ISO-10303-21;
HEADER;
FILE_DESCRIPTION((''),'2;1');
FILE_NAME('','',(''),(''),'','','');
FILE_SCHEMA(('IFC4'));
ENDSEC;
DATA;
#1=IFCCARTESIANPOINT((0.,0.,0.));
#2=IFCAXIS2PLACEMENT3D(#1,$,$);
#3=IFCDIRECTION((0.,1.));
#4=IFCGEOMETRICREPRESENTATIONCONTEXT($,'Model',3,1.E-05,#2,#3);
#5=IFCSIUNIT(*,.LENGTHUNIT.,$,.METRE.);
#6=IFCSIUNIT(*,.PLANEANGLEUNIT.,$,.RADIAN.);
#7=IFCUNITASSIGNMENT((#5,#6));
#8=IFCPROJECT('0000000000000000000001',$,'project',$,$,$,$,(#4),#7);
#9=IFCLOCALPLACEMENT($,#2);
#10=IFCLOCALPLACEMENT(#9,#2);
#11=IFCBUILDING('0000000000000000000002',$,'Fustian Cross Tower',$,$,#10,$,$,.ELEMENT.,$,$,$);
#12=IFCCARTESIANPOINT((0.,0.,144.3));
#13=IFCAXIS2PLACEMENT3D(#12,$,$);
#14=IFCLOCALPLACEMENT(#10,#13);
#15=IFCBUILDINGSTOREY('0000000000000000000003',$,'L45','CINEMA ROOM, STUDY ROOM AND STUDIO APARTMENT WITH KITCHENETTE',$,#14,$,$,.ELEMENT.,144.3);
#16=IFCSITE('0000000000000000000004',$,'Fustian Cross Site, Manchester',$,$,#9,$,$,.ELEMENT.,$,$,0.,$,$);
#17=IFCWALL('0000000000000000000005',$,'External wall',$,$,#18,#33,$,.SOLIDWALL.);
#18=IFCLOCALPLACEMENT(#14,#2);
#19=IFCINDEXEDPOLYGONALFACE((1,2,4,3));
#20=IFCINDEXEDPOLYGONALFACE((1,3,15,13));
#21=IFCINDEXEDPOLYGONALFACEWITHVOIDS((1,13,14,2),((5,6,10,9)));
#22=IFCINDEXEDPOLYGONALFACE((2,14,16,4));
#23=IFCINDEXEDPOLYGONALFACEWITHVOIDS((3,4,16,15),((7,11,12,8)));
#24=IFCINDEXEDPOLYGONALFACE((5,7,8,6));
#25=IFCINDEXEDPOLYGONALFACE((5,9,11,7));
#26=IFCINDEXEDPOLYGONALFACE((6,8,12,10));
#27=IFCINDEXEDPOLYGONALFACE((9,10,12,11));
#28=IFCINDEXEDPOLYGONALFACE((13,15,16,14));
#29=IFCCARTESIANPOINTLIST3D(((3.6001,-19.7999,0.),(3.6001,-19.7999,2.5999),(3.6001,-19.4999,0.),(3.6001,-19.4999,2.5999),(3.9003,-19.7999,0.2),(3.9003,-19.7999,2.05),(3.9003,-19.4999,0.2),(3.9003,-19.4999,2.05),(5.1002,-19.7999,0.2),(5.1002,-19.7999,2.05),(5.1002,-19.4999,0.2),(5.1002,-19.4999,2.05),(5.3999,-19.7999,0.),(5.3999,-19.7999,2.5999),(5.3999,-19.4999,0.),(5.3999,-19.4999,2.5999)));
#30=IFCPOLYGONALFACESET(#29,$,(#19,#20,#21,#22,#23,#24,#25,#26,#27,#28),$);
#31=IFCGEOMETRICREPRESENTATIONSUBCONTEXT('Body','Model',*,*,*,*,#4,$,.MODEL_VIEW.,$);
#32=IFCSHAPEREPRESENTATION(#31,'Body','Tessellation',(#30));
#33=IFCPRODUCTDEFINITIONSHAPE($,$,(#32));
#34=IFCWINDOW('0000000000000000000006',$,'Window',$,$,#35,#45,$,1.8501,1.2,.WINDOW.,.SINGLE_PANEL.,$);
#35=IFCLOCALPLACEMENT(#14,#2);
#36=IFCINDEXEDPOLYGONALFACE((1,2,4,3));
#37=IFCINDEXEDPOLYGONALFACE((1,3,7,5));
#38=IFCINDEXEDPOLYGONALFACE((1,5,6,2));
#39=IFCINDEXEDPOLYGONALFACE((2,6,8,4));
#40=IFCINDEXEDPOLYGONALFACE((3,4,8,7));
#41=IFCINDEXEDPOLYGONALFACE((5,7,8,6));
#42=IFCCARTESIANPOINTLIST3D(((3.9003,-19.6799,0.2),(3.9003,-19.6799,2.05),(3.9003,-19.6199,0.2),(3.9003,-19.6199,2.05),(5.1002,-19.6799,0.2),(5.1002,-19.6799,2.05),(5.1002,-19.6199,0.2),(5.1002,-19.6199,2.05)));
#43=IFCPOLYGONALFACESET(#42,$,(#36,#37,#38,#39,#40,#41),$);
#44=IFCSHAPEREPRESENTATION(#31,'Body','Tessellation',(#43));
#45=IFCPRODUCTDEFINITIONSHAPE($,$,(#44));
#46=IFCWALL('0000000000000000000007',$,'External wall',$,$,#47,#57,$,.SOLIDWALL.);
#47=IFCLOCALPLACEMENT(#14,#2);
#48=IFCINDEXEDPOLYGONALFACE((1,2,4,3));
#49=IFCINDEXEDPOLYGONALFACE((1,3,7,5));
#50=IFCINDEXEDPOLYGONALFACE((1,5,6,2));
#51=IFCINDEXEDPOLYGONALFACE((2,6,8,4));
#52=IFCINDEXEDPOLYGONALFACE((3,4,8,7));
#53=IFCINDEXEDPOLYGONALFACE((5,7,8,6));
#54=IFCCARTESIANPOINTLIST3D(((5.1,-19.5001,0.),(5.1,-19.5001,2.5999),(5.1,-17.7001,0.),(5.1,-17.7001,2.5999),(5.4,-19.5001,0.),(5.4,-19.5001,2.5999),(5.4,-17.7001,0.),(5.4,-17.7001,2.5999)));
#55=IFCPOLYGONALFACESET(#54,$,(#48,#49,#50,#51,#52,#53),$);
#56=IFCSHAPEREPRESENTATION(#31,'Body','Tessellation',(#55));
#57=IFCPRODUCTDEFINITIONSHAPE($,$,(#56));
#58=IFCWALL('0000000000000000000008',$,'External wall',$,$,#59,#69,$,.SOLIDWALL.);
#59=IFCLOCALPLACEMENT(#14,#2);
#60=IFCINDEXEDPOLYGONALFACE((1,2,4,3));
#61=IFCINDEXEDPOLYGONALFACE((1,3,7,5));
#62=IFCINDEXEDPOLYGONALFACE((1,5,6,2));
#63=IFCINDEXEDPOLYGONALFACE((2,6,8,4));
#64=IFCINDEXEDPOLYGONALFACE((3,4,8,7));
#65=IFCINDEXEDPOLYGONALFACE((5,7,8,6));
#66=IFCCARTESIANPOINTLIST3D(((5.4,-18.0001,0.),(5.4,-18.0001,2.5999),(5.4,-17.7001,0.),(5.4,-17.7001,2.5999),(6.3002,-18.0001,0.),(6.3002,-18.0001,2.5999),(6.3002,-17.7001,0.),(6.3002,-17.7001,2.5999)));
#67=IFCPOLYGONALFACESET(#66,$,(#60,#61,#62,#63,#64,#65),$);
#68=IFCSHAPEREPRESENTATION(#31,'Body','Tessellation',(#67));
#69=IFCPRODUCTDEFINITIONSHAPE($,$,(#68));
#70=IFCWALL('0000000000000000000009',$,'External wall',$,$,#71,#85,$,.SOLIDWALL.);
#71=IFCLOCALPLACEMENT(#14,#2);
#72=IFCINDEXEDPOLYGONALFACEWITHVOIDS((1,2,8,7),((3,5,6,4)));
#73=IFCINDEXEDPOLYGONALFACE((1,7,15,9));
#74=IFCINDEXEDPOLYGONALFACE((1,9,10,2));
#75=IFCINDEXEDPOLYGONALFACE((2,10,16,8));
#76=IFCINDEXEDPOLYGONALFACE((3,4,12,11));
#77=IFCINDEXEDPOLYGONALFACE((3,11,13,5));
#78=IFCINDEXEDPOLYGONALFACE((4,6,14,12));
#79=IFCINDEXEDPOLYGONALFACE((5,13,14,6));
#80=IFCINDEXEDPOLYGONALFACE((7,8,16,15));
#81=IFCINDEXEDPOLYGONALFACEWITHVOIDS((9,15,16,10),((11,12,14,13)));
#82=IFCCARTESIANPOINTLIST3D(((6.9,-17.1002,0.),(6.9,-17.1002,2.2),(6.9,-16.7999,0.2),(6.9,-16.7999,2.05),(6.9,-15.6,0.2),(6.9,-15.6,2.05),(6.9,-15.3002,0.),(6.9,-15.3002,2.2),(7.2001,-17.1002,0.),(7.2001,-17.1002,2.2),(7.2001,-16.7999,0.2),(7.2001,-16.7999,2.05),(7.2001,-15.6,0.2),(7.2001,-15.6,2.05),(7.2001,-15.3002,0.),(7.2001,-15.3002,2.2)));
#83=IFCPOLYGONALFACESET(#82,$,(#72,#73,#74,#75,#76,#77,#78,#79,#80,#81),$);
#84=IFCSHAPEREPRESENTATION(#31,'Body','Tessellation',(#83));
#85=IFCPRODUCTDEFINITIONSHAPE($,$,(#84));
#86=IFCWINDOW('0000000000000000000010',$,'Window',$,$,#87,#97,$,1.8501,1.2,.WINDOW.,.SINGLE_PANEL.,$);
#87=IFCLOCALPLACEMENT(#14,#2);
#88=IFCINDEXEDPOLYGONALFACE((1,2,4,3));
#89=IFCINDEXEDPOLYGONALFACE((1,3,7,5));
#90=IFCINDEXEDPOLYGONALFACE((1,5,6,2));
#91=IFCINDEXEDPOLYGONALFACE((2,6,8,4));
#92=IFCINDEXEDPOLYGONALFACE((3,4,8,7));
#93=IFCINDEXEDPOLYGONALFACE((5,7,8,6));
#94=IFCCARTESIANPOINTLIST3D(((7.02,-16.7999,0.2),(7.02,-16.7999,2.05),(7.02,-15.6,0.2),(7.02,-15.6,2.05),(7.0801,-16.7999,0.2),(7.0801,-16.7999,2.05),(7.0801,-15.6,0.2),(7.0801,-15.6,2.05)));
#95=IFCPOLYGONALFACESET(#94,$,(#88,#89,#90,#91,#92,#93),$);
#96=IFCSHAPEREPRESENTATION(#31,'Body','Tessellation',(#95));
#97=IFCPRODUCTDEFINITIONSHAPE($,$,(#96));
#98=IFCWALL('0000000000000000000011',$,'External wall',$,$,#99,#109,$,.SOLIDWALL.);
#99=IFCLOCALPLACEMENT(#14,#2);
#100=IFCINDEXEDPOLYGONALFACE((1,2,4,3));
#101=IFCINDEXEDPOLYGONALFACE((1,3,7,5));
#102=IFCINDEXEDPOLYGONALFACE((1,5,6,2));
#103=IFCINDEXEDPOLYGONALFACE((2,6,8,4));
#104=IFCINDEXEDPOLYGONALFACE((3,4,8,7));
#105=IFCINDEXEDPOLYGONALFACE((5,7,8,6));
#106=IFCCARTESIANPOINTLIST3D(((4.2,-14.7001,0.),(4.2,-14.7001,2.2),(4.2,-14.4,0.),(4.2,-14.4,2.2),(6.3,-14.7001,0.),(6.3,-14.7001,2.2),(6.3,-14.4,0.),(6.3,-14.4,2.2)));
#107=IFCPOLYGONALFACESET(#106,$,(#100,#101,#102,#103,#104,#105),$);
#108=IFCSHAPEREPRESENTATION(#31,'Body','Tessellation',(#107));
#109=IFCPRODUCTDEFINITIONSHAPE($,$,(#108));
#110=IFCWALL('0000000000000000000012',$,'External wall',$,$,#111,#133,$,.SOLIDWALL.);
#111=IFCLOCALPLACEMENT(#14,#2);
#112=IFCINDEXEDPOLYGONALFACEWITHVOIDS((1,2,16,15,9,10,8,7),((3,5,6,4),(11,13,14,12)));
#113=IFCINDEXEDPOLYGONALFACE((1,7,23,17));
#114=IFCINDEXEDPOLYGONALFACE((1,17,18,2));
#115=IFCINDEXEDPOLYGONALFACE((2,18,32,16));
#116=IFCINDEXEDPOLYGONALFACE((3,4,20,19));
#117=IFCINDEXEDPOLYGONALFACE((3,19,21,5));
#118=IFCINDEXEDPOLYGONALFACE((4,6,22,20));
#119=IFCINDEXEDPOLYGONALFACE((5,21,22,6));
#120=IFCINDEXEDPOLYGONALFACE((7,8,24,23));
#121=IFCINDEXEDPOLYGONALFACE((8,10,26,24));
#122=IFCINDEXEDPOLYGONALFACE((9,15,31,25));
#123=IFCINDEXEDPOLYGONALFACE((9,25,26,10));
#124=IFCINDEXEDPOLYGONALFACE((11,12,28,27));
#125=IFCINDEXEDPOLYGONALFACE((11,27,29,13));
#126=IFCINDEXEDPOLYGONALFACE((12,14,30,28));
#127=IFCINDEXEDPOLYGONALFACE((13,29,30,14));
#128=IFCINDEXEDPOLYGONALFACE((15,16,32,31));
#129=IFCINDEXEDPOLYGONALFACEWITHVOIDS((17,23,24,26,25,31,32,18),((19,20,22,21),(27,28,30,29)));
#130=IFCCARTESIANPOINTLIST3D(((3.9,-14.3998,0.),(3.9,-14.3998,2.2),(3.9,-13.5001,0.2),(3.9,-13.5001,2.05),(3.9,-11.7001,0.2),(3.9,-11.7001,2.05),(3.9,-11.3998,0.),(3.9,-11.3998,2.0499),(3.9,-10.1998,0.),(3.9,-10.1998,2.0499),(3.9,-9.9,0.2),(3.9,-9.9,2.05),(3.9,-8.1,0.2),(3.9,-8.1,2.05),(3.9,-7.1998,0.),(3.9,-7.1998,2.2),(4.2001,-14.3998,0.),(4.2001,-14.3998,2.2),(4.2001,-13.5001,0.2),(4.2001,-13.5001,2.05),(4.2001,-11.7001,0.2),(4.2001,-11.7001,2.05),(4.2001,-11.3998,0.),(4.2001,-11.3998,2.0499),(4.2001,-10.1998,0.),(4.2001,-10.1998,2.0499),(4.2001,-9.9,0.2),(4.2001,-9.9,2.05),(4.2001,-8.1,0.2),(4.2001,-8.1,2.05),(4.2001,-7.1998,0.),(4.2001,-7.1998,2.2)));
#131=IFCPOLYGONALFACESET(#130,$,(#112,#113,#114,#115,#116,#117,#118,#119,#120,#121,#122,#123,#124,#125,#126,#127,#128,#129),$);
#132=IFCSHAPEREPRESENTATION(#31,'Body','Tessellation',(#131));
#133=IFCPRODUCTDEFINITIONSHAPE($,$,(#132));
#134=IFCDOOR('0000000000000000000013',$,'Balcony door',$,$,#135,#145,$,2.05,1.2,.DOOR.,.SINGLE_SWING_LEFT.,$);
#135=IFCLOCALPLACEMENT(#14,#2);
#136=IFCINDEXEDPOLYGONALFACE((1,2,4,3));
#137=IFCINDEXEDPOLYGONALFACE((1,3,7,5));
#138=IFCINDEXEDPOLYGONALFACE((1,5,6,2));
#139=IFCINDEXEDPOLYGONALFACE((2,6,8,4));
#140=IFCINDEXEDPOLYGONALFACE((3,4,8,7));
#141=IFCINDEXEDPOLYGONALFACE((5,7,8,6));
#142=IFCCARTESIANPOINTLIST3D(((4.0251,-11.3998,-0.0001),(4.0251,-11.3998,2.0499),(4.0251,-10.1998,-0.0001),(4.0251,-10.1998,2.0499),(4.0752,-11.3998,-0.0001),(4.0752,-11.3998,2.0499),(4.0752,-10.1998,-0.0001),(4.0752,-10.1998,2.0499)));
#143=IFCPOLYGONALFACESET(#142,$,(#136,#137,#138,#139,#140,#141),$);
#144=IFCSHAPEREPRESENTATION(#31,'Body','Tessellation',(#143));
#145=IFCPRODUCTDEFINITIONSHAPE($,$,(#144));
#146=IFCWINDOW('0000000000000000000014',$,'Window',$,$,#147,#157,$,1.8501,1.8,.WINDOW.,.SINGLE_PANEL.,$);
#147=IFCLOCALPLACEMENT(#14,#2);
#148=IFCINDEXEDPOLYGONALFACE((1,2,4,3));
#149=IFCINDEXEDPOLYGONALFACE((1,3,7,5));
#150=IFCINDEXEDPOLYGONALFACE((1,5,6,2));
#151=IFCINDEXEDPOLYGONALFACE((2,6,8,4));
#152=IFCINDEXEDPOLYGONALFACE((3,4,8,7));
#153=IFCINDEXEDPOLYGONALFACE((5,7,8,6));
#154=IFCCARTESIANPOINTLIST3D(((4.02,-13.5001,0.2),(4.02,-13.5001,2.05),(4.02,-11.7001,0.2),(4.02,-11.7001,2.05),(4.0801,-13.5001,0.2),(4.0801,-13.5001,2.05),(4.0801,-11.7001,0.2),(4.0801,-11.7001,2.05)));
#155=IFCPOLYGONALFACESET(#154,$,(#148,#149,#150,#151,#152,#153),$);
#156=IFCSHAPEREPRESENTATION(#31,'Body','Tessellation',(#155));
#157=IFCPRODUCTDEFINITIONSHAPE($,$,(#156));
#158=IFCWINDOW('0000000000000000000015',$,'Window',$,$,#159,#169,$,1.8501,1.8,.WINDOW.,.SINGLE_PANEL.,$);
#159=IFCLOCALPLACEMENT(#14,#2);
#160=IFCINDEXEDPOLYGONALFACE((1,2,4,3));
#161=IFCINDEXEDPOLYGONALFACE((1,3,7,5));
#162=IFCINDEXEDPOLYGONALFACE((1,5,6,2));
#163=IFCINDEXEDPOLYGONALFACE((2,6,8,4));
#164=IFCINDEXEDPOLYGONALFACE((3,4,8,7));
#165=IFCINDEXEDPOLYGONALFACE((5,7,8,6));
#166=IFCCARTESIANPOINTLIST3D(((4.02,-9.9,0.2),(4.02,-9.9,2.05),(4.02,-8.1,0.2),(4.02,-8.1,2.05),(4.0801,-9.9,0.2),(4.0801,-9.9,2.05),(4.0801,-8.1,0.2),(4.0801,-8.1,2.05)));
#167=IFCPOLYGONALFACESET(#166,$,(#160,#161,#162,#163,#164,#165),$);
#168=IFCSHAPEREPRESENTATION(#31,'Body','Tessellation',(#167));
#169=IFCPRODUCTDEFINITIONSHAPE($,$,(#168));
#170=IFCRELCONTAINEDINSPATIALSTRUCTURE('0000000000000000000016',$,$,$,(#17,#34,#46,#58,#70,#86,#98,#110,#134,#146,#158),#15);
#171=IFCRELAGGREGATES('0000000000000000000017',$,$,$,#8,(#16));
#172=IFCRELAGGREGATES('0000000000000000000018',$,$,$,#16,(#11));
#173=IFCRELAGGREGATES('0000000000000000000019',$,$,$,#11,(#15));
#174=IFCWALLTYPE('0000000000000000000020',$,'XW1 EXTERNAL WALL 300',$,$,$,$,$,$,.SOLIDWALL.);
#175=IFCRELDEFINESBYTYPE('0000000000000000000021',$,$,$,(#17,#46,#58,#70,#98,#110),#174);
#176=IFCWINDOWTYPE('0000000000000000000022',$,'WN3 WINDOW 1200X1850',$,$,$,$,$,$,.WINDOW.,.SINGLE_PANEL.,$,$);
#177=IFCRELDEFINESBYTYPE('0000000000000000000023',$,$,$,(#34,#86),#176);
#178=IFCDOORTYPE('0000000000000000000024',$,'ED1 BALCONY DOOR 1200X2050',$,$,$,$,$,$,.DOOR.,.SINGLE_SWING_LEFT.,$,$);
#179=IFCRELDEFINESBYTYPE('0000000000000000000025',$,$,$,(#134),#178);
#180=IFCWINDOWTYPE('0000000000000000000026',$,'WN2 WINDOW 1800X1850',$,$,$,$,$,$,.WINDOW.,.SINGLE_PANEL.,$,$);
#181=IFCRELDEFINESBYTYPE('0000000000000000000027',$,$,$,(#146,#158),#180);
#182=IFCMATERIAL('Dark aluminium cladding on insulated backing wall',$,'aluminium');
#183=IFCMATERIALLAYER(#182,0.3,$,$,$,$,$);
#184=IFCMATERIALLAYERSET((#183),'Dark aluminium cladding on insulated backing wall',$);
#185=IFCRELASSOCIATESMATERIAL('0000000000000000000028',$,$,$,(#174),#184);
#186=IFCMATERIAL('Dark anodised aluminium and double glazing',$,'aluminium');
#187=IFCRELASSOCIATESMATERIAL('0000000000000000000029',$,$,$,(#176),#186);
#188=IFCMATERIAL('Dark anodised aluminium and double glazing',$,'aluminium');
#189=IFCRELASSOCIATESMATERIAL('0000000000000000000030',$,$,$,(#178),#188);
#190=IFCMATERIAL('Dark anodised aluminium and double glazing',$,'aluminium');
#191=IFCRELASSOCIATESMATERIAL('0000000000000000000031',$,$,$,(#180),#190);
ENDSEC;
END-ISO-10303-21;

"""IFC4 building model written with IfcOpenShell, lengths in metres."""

from ifc_helpers import new_model, si_unit, direction, frame, frame_2d, origin, place, context, subcontext, project, spatial, rectangle, extrude, material, layer, layer_set, type_object, element, fill, save


model = new_model("IFC4")

# Units and contexts
model_context = context("Model", 3, precision=1e-05, world=origin(), true_north=direction((0.0, 1.0)))
body_context = subcontext(model_context, "Body", "Model", "MODEL_VIEW")
ifc_project = project(units=[si_unit("LENGTHUNIT", "METRE"), si_unit("PLANEANGLEUNIT", "RADIAN")], contexts=[model_context])

# Site, building, storey
site_placement = place(None, origin())
site = spatial("IfcSite", under=ifc_project, at=site_placement, Name="Fustian Cross Site, Manchester", CompositionType="ELEMENT", RefElevation=0.0)
building_placement = place(site_placement, origin())
building = spatial("IfcBuilding", under=site, at=building_placement, Name="Fustian Cross Tower", CompositionType="ELEMENT")
storey_placement = place(building_placement, frame((0.0, 0.0, 144.3)))
storey = spatial("IfcBuildingStorey", under=building, at=storey_placement, Name="L45", Description="CINEMA ROOM, STUDY ROOM AND STUDIO APARTMENT WITH KITCHENETTE", CompositionType="ELEMENT", Elevation=144.3)

# Shared definitions
ifc_material_1 = material(Name="Dark aluminium cladding on insulated backing wall", Category="aluminium")
ifc_layer_1 = layer(ifc_material_1, 0.3)
ifc_layer_set_1 = layer_set([ifc_layer_1], Name="Dark aluminium cladding on insulated backing wall")
wall_type_1 = type_object("IfcWallType", Name="XW1 EXTERNAL WALL 300", PredefinedType="SOLIDWALL", material=ifc_layer_set_1)

# Wall, opening, window
wall_1_placement = place(storey_placement, frame((3.6001, -19.6499, 0.0), z_axis=(0.0, 0.0, 1.0), x_axis=(1.0, 0.0, 0.0)))
wall_1 = element("IfcWall", 1, at=wall_1_placement, inside=storey, type_object=wall_type_1, Name="External wall", PredefinedType="SOLIDWALL", context=body_context, shape_type="SweptSolid", body=[
    extrude(rectangle(XDim=1.7998, YDim=0.3, at=frame_2d((0.8999, 0.0))), origin(), (0.0, 0.0, 1.0), 2.5999),
])
opening_1_placement = place(wall_1_placement, frame((0.3, 0.0, 0.2)))
opening_1 = element("IfcOpeningElement", 2, at=opening_1_placement, cuts=wall_1, PredefinedType="OPENING", context=body_context, shape_type="SweptSolid", body=[
    extrude(rectangle(XDim=1.2, YDim=1.8501, at=frame_2d((0.6001, 0.925))), frame((0.0, 0.1599, 0.0), z_axis=(0.0, -1.0, 0.0), x_axis=(1.0, 0.0, 0.0)), (0.0, 0.0, 1.0), 0.3201),
])
ifc_material_2 = material(Name="Dark anodised aluminium and double glazing", Category="aluminium")
window_type_1 = type_object("IfcWindowType", Name="WN3 WINDOW 1200X1850", PartitioningType="SINGLE_PANEL", PredefinedType="WINDOW", material=ifc_material_2)
window_1_placement = place(opening_1_placement, origin())
window_1 = element("IfcWindow", 3, at=window_1_placement, inside=storey, type_object=window_type_1, Name="Window", OverallHeight=1.8501, OverallWidth=1.2, PartitioningType="SINGLE_PANEL", PredefinedType="WINDOW", context=body_context, shape_type="SweptSolid", body=[
    extrude(rectangle(XDim=1.2, YDim=1.8501, at=frame_2d((0.6001, 0.925))), frame((0.0, 0.03, 0.0), z_axis=(0.0, -1.0, 0.0), x_axis=(1.0, 0.0, 0.0)), (0.0, 0.0, 1.0), 0.0601),
])
fill(opening_1, window_1)

# Walls
wall_2_placement = place(storey_placement, frame((5.25, -19.5, 0.0), z_axis=(0.0, 0.0, 1.0), x_axis=(0.0, 1.0, 0.0)))
element("IfcWall", 4, at=wall_2_placement, inside=storey, type_object=wall_type_1, Name="External wall", PredefinedType="SOLIDWALL", context=body_context, shape_type="SweptSolid", body=[
    extrude(rectangle(XDim=1.8, YDim=0.3, at=frame_2d((0.8999, 0.0))), origin(), (0.0, 0.0, 1.0), 2.5999),
])
wall_3_placement = place(storey_placement, frame((5.3999, -17.8501, 0.0), z_axis=(0.0, 0.0, 1.0), x_axis=(1.0, 0.0, 0.0)))
element("IfcWall", 5, at=wall_3_placement, inside=storey, type_object=wall_type_1, Name="External wall", PredefinedType="SOLIDWALL", context=body_context, shape_type="SweptSolid", body=[
    extrude(rectangle(XDim=0.9001, YDim=0.3, at=frame_2d((0.4502, 0.0))), origin(), (0.0, 0.0, 1.0), 2.5999),
])

# Wall, opening, window
wall_4_placement = place(storey_placement, frame((7.05, -17.1001, 0.0), z_axis=(0.0, 0.0, 1.0), x_axis=(0.0, 1.0, 0.0)))
wall_4 = element("IfcWall", 6, at=wall_4_placement, inside=storey, type_object=wall_type_1, Name="External wall", PredefinedType="SOLIDWALL", context=body_context, shape_type="SweptSolid", body=[
    extrude(rectangle(XDim=1.8, YDim=0.3, at=frame_2d((0.8999, 0.0))), origin(), (0.0, 0.0, 1.0), 2.2),
])
opening_2_placement = place(wall_4_placement, frame((0.3, 0.0, 0.2)))
opening_2 = element("IfcOpeningElement", 7, at=opening_2_placement, cuts=wall_4, PredefinedType="OPENING", context=body_context, shape_type="SweptSolid", body=[
    extrude(rectangle(XDim=1.2, YDim=1.8501, at=frame_2d((0.6001, 0.925))), frame((0.0, 0.1599, 0.0), z_axis=(0.0, -1.0, 0.0), x_axis=(1.0, 0.0, 0.0)), (0.0, 0.0, 1.0), 0.3201),
])
window_2_placement = place(opening_2_placement, origin())
window_2 = element("IfcWindow", 8, at=window_2_placement, inside=storey, type_object=window_type_1, Name="Window", OverallHeight=1.8501, OverallWidth=1.2, PartitioningType="SINGLE_PANEL", PredefinedType="WINDOW", context=body_context, shape_type="SweptSolid", body=[
    extrude(rectangle(XDim=1.2, YDim=1.8501, at=frame_2d((0.6001, 0.925))), frame((0.0, 0.03, 0.0), z_axis=(0.0, -1.0, 0.0), x_axis=(1.0, 0.0, 0.0)), (0.0, 0.0, 1.0), 0.0601),
])
fill(opening_2, window_2)

# Wall
wall_5_placement = place(storey_placement, frame((6.3, -14.55, 0.0), z_axis=(0.0, 0.0, 1.0), x_axis=(-1.0, 0.0, 0.0)))
element("IfcWall", 9, at=wall_5_placement, inside=storey, type_object=wall_type_1, Name="External wall", PredefinedType="SOLIDWALL", context=body_context, shape_type="SweptSolid", body=[
    extrude(rectangle(XDim=2.1001, YDim=0.3, at=frame_2d((1.05, 0.0))), origin(), (0.0, 0.0, 1.0), 2.2),
])

# Wall, openings, door, windows
wall_6_placement = place(storey_placement, frame((4.05, -14.3999, 0.0), z_axis=(0.0, 0.0, 1.0), x_axis=(0.0, 1.0, 0.0)))
wall_6 = element("IfcWall", 10, at=wall_6_placement, inside=storey, type_object=wall_type_1, Name="External wall", PredefinedType="SOLIDWALL", context=body_context, shape_type="SweptSolid", body=[
    extrude(rectangle(XDim=7.2, YDim=0.3, at=frame_2d((3.6001, 0.0))), origin(), (0.0, 0.0, 1.0), 2.2),
])
opening_3_placement = place(wall_6_placement, frame((3.0, 0.0, 0.0)))
opening_3 = element("IfcOpeningElement", 11, at=opening_3_placement, cuts=wall_6, PredefinedType="OPENING", context=body_context, shape_type="SweptSolid", body=[
    extrude(rectangle(XDim=1.2, YDim=2.05, at=frame_2d((0.6001, 1.0249))), frame((0.0, 0.1599, 0.0), z_axis=(0.0, -1.0, 0.0), x_axis=(1.0, 0.0, 0.0)), (0.0, 0.0, 1.0), 0.3201),
])
opening_4_placement = place(wall_6_placement, frame((0.8999, 0.0, 0.2)))
opening_4 = element("IfcOpeningElement", 12, at=opening_4_placement, cuts=wall_6, PredefinedType="OPENING", context=body_context, shape_type="SweptSolid", body=[
    extrude(rectangle(XDim=1.8, YDim=1.8501, at=frame_2d((0.8999, 0.925))), frame((0.0, 0.1599, 0.0), z_axis=(0.0, -1.0, 0.0), x_axis=(1.0, 0.0, 0.0)), (0.0, 0.0, 1.0), 0.3201),
])
opening_5_placement = place(wall_6_placement, frame((4.5, 0.0, 0.2)))
opening_5 = element("IfcOpeningElement", 13, at=opening_5_placement, cuts=wall_6, PredefinedType="OPENING", context=body_context, shape_type="SweptSolid", body=[
    extrude(rectangle(XDim=1.8, YDim=1.8501, at=frame_2d((0.8999, 0.925))), frame((0.0, 0.1599, 0.0), z_axis=(0.0, -1.0, 0.0), x_axis=(1.0, 0.0, 0.0)), (0.0, 0.0, 1.0), 0.3201),
])
ifc_material_3 = material(Name="Dark anodised aluminium and double glazing", Category="aluminium")
door_type_1 = type_object("IfcDoorType", Name="ED1 BALCONY DOOR 1200X2050", OperationType="SINGLE_SWING_LEFT", PredefinedType="DOOR", material=ifc_material_3)
door_1_placement = place(opening_3_placement, origin())
door_1 = element("IfcDoor", 14, at=door_1_placement, inside=storey, type_object=door_type_1, Name="Balcony door", OperationType="SINGLE_SWING_LEFT", OverallHeight=2.05, OverallWidth=1.2, PredefinedType="DOOR", context=body_context, shape_type="SweptSolid", body=[
    extrude(rectangle(XDim=1.2, YDim=2.05, at=frame_2d((0.6001, 1.0249))), frame((0.0, 0.0249, 0.0), z_axis=(0.0, -1.0, 0.0), x_axis=(1.0, 0.0, 0.0)), (0.0, 0.0, 1.0), 0.05),
])
fill(opening_3, door_1)
ifc_material_4 = material(Name="Dark anodised aluminium and double glazing", Category="aluminium")
window_type_2 = type_object("IfcWindowType", Name="WN2 WINDOW 1800X1850", PartitioningType="SINGLE_PANEL", PredefinedType="WINDOW", material=ifc_material_4)
window_3_placement = place(opening_4_placement, origin())
window_3 = element("IfcWindow", 15, at=window_3_placement, inside=storey, type_object=window_type_2, Name="Window", OverallHeight=1.8501, OverallWidth=1.8, PartitioningType="SINGLE_PANEL", PredefinedType="WINDOW", context=body_context, shape_type="SweptSolid", body=[
    extrude(rectangle(XDim=1.8, YDim=1.8501, at=frame_2d((0.8999, 0.925))), frame((0.0, 0.03, 0.0), z_axis=(0.0, -1.0, 0.0), x_axis=(1.0, 0.0, 0.0)), (0.0, 0.0, 1.0), 0.0601),
])
fill(opening_4, window_3)
window_4_placement = place(opening_5_placement, origin())
window_4 = element("IfcWindow", 16, at=window_4_placement, inside=storey, type_object=window_type_2, Name="Window", OverallHeight=1.8501, OverallWidth=1.8, PartitioningType="SINGLE_PANEL", PredefinedType="WINDOW", context=body_context, shape_type="SweptSolid", body=[
    extrude(rectangle(XDim=1.8, YDim=1.8501, at=frame_2d((0.8999, 0.925))), frame((0.0, 0.03, 0.0), z_axis=(0.0, -1.0, 0.0), x_axis=(1.0, 0.0, 0.0)), (0.0, 0.0, 1.0), 0.0601),
])
fill(opening_5, window_4)

save(model, "model.ifc")
